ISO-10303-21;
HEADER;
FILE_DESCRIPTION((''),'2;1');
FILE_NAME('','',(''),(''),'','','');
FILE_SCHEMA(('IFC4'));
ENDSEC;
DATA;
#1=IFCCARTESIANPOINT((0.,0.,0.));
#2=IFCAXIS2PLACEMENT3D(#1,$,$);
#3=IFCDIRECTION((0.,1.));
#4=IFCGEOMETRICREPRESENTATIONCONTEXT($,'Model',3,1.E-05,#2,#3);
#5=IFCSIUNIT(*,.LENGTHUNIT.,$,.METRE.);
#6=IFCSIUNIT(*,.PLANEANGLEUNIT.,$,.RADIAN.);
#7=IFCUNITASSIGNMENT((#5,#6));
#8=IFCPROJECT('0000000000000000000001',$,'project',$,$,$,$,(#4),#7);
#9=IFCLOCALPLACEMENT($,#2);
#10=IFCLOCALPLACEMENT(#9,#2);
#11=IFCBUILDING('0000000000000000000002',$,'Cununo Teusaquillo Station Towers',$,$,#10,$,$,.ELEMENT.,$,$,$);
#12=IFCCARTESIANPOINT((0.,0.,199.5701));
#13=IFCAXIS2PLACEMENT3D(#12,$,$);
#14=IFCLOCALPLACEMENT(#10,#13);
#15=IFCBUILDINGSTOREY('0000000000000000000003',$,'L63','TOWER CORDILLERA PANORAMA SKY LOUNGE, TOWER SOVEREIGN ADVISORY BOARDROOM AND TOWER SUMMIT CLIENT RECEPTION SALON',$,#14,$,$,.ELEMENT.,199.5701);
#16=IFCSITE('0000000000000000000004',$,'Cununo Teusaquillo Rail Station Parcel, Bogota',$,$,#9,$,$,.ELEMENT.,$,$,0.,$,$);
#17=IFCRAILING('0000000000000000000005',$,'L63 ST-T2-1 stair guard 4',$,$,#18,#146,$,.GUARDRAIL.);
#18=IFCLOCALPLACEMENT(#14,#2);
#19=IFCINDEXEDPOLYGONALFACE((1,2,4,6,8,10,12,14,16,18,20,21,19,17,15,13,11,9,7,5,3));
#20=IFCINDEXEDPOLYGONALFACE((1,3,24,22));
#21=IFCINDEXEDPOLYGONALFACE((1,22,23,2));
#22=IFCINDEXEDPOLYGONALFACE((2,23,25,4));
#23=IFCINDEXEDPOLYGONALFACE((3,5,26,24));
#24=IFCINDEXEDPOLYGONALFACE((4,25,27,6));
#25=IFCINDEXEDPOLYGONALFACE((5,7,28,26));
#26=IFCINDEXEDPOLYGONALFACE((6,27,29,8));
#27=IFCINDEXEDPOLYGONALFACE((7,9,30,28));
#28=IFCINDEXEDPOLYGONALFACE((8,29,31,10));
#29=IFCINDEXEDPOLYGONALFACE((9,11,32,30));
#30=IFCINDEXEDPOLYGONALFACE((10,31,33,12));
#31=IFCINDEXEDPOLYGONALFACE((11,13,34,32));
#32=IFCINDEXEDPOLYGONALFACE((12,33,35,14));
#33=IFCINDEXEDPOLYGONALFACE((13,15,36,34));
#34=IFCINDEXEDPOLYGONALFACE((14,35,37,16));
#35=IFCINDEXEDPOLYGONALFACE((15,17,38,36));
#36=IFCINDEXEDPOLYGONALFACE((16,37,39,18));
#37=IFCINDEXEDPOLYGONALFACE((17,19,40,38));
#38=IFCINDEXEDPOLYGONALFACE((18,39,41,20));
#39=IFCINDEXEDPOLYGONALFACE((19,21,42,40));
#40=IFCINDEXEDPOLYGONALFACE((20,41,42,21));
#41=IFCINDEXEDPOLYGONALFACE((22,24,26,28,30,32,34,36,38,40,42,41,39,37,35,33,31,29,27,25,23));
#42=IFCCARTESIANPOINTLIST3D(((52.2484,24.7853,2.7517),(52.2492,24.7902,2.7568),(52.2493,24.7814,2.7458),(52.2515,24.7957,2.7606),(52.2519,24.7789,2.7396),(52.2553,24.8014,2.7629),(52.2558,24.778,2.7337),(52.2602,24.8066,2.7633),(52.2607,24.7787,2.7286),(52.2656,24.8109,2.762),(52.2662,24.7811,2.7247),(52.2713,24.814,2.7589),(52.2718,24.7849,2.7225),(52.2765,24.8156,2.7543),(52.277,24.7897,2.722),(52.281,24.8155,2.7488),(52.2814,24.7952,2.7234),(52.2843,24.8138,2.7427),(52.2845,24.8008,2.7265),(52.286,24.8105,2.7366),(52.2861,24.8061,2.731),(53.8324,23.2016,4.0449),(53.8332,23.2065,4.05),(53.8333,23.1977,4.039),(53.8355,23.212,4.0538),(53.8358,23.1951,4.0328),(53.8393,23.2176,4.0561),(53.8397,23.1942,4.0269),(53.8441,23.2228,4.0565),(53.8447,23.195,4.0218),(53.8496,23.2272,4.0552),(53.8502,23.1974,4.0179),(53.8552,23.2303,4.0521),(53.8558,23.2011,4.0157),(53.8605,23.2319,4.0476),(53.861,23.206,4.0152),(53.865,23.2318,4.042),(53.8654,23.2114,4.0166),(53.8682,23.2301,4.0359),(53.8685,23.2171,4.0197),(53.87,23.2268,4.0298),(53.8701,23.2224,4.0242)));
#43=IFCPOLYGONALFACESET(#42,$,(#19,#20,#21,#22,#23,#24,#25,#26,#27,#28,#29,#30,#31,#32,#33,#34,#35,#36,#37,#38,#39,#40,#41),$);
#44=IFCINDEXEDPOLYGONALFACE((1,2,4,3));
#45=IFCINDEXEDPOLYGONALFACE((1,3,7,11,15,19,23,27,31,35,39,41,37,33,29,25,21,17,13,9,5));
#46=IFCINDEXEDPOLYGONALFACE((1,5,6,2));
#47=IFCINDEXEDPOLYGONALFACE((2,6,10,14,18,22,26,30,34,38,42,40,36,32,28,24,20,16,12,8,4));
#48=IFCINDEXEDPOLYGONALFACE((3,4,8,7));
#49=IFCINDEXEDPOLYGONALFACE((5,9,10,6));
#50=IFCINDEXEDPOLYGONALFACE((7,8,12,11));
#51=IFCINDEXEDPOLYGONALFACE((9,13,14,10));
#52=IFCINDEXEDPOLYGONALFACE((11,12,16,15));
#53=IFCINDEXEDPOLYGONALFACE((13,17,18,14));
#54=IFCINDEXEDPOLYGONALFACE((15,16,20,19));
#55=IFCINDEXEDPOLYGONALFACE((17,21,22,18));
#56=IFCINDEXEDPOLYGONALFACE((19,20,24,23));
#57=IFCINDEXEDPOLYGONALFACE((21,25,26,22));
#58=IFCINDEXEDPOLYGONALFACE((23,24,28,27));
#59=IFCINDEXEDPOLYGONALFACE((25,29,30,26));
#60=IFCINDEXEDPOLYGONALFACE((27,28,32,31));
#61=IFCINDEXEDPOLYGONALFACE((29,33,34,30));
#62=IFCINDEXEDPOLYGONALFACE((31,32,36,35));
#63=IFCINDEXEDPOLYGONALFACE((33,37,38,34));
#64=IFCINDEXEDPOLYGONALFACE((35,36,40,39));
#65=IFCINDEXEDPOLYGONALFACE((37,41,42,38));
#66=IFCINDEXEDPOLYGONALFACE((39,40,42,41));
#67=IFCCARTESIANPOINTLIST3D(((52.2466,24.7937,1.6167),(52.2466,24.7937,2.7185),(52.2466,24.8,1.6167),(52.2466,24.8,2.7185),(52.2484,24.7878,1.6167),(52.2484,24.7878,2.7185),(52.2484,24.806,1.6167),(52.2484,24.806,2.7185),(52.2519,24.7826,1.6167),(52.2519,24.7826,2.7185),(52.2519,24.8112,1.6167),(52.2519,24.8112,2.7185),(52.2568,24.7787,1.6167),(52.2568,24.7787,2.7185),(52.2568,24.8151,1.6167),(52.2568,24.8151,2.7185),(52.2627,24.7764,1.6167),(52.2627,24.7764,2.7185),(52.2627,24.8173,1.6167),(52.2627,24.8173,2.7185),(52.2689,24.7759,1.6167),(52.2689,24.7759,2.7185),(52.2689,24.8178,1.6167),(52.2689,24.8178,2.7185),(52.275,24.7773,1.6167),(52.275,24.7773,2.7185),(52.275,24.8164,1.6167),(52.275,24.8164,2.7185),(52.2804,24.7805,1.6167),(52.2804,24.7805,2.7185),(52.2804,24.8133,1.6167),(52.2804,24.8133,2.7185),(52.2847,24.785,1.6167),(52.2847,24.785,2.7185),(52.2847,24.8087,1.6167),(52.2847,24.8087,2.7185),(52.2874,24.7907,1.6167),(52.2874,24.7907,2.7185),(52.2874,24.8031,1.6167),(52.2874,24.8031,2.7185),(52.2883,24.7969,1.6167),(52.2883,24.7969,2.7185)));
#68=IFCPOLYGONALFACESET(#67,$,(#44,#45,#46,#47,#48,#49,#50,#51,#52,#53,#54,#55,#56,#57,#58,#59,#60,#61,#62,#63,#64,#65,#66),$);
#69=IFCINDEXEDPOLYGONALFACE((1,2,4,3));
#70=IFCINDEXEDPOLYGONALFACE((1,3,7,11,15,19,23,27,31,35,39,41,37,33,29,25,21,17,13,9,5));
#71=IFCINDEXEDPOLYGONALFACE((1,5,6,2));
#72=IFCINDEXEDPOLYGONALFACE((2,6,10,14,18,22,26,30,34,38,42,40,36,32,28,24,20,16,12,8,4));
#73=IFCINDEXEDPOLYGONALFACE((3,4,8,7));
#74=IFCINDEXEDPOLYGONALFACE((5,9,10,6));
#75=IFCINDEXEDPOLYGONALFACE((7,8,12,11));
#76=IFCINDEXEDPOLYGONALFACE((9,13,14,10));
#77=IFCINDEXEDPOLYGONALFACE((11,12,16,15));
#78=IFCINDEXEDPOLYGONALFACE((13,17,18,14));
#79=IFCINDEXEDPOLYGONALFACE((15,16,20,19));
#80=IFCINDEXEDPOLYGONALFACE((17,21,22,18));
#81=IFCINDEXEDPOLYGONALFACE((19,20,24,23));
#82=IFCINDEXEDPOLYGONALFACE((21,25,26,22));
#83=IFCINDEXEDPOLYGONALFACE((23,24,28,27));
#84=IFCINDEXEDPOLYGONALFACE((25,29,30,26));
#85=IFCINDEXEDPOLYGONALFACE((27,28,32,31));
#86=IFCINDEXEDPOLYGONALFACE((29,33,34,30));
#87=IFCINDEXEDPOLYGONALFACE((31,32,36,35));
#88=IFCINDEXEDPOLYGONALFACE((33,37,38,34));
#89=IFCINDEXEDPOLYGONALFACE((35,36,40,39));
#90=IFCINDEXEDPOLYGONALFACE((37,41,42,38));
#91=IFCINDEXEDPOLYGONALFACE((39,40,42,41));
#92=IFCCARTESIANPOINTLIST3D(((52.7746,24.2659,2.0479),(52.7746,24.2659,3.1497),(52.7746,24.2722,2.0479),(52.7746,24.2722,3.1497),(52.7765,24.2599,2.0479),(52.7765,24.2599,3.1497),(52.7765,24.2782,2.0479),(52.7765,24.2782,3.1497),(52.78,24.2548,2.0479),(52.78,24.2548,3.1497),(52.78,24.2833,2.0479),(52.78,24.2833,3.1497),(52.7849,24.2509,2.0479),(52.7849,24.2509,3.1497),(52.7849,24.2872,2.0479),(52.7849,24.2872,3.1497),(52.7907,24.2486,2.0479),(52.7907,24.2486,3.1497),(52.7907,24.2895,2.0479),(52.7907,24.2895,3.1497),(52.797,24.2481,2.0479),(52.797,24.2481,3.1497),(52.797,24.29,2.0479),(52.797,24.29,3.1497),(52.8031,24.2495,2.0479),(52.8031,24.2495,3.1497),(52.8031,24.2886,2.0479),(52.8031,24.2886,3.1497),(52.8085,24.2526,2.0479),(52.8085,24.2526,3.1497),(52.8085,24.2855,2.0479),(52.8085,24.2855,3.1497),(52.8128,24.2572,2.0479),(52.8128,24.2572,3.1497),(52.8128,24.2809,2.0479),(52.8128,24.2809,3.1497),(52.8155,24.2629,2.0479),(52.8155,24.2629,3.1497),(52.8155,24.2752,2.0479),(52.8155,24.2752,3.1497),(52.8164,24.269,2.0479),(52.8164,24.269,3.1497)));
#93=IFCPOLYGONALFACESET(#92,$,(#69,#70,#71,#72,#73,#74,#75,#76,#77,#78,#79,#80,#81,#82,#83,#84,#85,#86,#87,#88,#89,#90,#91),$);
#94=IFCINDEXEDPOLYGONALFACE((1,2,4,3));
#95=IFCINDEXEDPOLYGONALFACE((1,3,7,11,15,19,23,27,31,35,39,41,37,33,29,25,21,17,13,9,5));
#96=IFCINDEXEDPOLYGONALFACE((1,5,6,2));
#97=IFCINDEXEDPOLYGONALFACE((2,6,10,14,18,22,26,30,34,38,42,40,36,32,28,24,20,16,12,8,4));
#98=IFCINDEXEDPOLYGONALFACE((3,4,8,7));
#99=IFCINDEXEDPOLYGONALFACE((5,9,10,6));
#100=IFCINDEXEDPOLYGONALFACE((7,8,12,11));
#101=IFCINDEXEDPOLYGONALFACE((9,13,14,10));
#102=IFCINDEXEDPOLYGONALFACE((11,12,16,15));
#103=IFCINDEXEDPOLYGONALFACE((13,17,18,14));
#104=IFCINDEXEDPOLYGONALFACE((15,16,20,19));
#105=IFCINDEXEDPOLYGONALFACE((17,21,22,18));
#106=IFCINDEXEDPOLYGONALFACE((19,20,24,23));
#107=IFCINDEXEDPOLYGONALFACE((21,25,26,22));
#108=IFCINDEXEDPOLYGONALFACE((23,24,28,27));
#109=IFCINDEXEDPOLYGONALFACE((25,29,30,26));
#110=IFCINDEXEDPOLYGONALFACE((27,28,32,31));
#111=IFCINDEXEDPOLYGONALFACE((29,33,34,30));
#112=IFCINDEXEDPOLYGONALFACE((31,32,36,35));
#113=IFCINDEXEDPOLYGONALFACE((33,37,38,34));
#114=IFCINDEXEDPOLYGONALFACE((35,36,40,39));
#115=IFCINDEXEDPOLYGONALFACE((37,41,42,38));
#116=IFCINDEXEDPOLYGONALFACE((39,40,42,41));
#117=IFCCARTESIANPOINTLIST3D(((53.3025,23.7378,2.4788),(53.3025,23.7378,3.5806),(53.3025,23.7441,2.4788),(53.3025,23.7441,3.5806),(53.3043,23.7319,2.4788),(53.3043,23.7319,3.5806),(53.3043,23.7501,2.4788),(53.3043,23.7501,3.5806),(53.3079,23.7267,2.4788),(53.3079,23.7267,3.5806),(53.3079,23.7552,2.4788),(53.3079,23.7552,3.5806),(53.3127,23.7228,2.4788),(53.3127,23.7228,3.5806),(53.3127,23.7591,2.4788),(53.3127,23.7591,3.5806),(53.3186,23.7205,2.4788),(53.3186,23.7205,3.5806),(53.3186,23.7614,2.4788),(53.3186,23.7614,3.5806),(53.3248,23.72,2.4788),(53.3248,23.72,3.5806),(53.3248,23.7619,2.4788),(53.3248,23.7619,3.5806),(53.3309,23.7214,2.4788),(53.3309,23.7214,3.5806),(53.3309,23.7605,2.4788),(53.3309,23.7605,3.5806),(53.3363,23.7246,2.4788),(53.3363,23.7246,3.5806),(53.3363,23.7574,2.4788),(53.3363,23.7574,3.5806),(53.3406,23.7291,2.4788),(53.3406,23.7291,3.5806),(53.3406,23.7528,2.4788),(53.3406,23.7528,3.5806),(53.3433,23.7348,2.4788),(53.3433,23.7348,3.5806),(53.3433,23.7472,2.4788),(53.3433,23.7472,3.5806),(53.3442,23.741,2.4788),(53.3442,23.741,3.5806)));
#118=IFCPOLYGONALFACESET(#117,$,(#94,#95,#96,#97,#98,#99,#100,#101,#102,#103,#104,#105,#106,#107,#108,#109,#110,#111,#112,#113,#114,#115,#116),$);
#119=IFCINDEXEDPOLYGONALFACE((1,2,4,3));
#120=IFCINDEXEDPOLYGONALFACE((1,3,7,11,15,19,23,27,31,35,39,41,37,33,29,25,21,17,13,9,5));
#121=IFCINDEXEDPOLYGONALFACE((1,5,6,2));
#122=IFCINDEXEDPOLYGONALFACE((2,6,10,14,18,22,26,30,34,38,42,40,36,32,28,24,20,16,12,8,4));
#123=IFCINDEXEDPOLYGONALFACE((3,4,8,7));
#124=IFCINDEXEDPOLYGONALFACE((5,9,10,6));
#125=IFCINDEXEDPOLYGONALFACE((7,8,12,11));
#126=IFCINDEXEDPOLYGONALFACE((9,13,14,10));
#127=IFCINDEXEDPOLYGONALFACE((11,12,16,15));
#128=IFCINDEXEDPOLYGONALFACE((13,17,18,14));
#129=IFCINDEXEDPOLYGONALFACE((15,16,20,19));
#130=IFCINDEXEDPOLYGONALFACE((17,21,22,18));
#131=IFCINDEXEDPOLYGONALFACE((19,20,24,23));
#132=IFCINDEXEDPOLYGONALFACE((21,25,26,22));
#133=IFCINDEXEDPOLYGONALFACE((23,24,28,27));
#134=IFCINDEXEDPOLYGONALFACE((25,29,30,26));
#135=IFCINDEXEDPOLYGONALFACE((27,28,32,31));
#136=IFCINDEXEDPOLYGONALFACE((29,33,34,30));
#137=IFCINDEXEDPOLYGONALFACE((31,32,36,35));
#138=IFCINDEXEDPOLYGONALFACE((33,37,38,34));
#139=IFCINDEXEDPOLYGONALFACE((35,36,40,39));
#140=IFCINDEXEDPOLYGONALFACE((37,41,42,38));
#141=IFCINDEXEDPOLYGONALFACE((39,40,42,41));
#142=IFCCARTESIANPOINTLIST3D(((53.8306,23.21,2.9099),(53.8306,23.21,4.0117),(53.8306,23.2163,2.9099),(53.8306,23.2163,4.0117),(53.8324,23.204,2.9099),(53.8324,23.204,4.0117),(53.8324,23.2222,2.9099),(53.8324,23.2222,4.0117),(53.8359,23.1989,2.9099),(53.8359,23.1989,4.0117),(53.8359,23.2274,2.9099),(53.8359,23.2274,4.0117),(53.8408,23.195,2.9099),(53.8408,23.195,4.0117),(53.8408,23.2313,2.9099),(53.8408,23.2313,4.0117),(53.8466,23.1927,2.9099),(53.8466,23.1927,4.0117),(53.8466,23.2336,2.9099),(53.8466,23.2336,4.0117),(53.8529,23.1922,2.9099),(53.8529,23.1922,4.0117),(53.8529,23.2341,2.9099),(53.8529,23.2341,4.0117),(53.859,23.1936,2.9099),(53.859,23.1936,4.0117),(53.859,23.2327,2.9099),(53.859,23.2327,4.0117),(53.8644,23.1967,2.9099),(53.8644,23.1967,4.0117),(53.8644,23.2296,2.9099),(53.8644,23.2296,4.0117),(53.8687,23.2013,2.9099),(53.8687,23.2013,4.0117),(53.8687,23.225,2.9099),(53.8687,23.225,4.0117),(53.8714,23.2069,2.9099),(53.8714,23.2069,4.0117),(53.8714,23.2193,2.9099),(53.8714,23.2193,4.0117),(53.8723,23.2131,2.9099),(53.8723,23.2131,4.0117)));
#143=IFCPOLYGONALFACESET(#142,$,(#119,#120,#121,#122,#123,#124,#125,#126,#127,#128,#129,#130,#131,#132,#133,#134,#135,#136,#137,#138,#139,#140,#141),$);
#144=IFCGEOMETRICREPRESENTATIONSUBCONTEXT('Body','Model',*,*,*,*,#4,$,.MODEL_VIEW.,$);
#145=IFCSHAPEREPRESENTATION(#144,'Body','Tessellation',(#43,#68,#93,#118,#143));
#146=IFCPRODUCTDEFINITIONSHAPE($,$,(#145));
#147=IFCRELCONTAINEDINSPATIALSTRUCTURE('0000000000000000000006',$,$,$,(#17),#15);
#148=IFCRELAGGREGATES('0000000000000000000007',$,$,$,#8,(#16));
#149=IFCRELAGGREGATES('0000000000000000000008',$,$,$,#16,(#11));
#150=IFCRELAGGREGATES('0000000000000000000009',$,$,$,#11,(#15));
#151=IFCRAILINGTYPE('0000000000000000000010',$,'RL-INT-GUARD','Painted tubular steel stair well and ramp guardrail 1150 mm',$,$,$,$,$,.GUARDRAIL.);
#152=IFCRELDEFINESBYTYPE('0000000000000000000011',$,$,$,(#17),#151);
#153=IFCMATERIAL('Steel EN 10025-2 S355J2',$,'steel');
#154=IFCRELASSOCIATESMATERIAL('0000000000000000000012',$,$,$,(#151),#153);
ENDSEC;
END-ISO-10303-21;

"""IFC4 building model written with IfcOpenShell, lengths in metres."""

from ifc_helpers import new_model, si_unit, direction, frame, origin, origin_2d, place, context, subcontext, project, spatial, circle, extrude, material, type_object, element, save


model = new_model("IFC4")

# Units and contexts
model_context = context("Model", 3, precision=1e-05, world=origin(), true_north=direction((0.0, 1.0)))
body_context = subcontext(model_context, "Body", "Model", "MODEL_VIEW")
ifc_project = project(units=[si_unit("LENGTHUNIT", "METRE"), si_unit("PLANEANGLEUNIT", "RADIAN")], contexts=[model_context])

# Site, building, storey
site_placement = place(None, origin())
site = spatial("IfcSite", under=ifc_project, at=site_placement, Name="Cununo Teusaquillo Rail Station Parcel, Bogota", CompositionType="ELEMENT", RefElevation=0.0)
building_placement = place(site_placement, origin())
building = spatial("IfcBuilding", under=site, at=building_placement, Name="Cununo Teusaquillo Station Towers", CompositionType="ELEMENT")
storey_placement = place(building_placement, frame((0.0, 0.0, 199.5701)))
storey = spatial("IfcBuildingStorey", under=building, at=storey_placement, Name="L63", Description="TOWER CORDILLERA PANORAMA SKY LOUNGE, TOWER SOVEREIGN ADVISORY BOARDROOM AND TOWER SUMMIT CLIENT RECEPTION SALON", CompositionType="ELEMENT", Elevation=199.5701)

# Railing
ifc_material_1 = material(Name="Steel EN 10025-2 S355J2", Category="steel")
railing_type_1 = type_object("IfcRailingType", Name="RL-INT-GUARD", Description="Painted tubular steel stair well and ramp guardrail 1150 mm", PredefinedType="GUARDRAIL", material=ifc_material_1)
railing_1_placement = place(storey_placement, frame((52.2673, 24.7969, 1.6167)))
element("IfcRailing", 1, at=railing_1_placement, inside=storey, type_object=railing_type_1, Name="L63 ST-T2-1 stair guard 4", PredefinedType="GUARDRAIL", context=body_context, shape_type="SweptSolid", body=[
    extrude(circle(Radius=0.0239, at=origin_2d()), frame((0.0, 0.0, 1.126), z_axis=(0.61242, -0.612326, 0.499998), x_axis=(0.707052, 0.707161, 0.0)), (0.0, 0.0, 1.0), 2.5864),
    extrude(circle(Radius=0.021, at=origin_2d()), origin(), (0.0, 0.0, 1.0), 1.1018),
    extrude(circle(Radius=0.021, at=origin_2d()), frame((0.5281, -0.5278, 0.4312)), (0.0, 0.0, 1.0), 1.1018),
    extrude(circle(Radius=0.021, at=origin_2d()), frame((1.0559, -1.0559, 0.8621)), (0.0, 0.0, 1.0), 1.1018),
    extrude(circle(Radius=0.021, at=origin_2d()), frame((1.584, -1.5837, 1.2932)), (0.0, 0.0, 1.0), 1.1018),
])

save(model, "model.ifc")
